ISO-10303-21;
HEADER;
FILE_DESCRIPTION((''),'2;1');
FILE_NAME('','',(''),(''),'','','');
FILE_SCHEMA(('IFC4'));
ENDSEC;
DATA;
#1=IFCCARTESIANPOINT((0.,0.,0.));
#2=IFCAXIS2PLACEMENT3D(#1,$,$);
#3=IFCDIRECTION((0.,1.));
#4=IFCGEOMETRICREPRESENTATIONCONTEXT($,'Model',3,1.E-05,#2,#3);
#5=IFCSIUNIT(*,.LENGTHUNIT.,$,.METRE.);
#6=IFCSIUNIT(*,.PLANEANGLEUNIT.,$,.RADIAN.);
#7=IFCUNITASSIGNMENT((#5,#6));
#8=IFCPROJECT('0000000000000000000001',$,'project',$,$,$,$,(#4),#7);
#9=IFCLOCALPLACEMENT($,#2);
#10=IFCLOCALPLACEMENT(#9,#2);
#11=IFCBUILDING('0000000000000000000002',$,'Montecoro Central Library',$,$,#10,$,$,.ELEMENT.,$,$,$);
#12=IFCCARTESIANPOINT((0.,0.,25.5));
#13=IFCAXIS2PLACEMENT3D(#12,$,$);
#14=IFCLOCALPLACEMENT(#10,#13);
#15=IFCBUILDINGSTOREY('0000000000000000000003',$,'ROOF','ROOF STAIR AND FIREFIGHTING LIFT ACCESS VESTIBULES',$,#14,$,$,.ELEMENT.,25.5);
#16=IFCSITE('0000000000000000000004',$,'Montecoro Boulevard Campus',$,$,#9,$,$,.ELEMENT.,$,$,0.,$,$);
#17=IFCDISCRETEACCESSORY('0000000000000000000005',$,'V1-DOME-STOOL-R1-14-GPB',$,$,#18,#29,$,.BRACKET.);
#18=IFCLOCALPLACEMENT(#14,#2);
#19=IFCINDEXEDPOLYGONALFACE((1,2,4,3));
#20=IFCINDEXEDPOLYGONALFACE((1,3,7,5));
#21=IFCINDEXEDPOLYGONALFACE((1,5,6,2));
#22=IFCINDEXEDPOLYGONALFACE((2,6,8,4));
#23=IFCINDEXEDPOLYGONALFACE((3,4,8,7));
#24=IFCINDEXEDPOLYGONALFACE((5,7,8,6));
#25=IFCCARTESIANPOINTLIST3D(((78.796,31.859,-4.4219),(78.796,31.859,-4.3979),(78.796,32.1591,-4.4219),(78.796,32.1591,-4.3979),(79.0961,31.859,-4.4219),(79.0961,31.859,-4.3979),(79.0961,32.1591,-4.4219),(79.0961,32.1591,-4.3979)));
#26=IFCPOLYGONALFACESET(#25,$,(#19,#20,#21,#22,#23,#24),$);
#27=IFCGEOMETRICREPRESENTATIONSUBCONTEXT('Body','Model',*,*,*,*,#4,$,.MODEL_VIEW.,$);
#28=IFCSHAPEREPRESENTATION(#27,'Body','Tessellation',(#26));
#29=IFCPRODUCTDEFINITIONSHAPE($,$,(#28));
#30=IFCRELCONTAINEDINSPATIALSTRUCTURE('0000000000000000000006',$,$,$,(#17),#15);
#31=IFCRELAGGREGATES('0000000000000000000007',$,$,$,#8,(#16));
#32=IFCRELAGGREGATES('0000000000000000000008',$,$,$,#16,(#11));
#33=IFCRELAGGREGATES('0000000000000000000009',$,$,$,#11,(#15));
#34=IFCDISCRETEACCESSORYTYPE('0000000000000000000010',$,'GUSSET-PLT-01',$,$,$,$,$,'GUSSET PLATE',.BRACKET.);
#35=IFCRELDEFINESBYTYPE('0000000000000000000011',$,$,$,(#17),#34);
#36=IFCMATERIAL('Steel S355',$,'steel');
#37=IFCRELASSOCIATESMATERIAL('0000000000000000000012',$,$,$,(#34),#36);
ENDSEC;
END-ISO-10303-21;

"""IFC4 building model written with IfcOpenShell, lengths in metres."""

from ifc_helpers import new_model, si_unit, direction, frame, origin, origin_2d, place, context, subcontext, project, spatial, rectangle, extrude, material, type_object, element, save


model = new_model("IFC4")

# Units and contexts
model_context = context("Model", 3, precision=1e-05, world=origin(), true_north=direction((0.0, 1.0)))
body_context = subcontext(model_context, "Body", "Model", "MODEL_VIEW")
ifc_project = project(units=[si_unit("LENGTHUNIT", "METRE"), si_unit("PLANEANGLEUNIT", "RADIAN")], contexts=[model_context])

# Site, building, storey
site_placement = place(None, origin())
site = spatial("IfcSite", under=ifc_project, at=site_placement, Name="Montecoro Boulevard Campus", CompositionType="ELEMENT", RefElevation=0.0)
building_placement = place(site_placement, origin())
building = spatial("IfcBuilding", under=site, at=building_placement, Name="Montecoro Central Library", CompositionType="ELEMENT")
storey_placement = place(building_placement, frame((0.0, 0.0, 25.5)))
storey = spatial("IfcBuildingStorey", under=building, at=storey_placement, Name="ROOF", Description="ROOF STAIR AND FIREFIGHTING LIFT ACCESS VESTIBULES", CompositionType="ELEMENT", Elevation=25.5)

# Shared definitions
ifc_material_1 = material(Name="Steel S355", Category="steel")

# Discrete accessory
discrete_accessory_type = type_object("IfcDiscreteAccessoryType", Name="GUSSET-PLT-01", ElementType="GUSSET PLATE", PredefinedType="BRACKET", material=ifc_material_1)
for number, where, z_axis, x_axis, name in (
    (1, (78.946, 32.009, -4.4219), (0.0, 0.0, 1.0), (1.0, 0.0, 0.0), "V1-DOME-STOOL-R1-14-GPB"),
):
    element("IfcDiscreteAccessory", number, at=place(storey_placement, frame(where, z_axis=z_axis, x_axis=x_axis)), inside=storey, type_object=discrete_accessory_type, Name=name, PredefinedType="BRACKET", context=body_context, shape_type="SweptSolid", body=[
        extrude(rectangle(XDim=0.3, YDim=0.3, at=origin_2d()), origin(), (0.0, 0.0, 1.0), 0.0239),
    ])

save(model, "model.ifc")
